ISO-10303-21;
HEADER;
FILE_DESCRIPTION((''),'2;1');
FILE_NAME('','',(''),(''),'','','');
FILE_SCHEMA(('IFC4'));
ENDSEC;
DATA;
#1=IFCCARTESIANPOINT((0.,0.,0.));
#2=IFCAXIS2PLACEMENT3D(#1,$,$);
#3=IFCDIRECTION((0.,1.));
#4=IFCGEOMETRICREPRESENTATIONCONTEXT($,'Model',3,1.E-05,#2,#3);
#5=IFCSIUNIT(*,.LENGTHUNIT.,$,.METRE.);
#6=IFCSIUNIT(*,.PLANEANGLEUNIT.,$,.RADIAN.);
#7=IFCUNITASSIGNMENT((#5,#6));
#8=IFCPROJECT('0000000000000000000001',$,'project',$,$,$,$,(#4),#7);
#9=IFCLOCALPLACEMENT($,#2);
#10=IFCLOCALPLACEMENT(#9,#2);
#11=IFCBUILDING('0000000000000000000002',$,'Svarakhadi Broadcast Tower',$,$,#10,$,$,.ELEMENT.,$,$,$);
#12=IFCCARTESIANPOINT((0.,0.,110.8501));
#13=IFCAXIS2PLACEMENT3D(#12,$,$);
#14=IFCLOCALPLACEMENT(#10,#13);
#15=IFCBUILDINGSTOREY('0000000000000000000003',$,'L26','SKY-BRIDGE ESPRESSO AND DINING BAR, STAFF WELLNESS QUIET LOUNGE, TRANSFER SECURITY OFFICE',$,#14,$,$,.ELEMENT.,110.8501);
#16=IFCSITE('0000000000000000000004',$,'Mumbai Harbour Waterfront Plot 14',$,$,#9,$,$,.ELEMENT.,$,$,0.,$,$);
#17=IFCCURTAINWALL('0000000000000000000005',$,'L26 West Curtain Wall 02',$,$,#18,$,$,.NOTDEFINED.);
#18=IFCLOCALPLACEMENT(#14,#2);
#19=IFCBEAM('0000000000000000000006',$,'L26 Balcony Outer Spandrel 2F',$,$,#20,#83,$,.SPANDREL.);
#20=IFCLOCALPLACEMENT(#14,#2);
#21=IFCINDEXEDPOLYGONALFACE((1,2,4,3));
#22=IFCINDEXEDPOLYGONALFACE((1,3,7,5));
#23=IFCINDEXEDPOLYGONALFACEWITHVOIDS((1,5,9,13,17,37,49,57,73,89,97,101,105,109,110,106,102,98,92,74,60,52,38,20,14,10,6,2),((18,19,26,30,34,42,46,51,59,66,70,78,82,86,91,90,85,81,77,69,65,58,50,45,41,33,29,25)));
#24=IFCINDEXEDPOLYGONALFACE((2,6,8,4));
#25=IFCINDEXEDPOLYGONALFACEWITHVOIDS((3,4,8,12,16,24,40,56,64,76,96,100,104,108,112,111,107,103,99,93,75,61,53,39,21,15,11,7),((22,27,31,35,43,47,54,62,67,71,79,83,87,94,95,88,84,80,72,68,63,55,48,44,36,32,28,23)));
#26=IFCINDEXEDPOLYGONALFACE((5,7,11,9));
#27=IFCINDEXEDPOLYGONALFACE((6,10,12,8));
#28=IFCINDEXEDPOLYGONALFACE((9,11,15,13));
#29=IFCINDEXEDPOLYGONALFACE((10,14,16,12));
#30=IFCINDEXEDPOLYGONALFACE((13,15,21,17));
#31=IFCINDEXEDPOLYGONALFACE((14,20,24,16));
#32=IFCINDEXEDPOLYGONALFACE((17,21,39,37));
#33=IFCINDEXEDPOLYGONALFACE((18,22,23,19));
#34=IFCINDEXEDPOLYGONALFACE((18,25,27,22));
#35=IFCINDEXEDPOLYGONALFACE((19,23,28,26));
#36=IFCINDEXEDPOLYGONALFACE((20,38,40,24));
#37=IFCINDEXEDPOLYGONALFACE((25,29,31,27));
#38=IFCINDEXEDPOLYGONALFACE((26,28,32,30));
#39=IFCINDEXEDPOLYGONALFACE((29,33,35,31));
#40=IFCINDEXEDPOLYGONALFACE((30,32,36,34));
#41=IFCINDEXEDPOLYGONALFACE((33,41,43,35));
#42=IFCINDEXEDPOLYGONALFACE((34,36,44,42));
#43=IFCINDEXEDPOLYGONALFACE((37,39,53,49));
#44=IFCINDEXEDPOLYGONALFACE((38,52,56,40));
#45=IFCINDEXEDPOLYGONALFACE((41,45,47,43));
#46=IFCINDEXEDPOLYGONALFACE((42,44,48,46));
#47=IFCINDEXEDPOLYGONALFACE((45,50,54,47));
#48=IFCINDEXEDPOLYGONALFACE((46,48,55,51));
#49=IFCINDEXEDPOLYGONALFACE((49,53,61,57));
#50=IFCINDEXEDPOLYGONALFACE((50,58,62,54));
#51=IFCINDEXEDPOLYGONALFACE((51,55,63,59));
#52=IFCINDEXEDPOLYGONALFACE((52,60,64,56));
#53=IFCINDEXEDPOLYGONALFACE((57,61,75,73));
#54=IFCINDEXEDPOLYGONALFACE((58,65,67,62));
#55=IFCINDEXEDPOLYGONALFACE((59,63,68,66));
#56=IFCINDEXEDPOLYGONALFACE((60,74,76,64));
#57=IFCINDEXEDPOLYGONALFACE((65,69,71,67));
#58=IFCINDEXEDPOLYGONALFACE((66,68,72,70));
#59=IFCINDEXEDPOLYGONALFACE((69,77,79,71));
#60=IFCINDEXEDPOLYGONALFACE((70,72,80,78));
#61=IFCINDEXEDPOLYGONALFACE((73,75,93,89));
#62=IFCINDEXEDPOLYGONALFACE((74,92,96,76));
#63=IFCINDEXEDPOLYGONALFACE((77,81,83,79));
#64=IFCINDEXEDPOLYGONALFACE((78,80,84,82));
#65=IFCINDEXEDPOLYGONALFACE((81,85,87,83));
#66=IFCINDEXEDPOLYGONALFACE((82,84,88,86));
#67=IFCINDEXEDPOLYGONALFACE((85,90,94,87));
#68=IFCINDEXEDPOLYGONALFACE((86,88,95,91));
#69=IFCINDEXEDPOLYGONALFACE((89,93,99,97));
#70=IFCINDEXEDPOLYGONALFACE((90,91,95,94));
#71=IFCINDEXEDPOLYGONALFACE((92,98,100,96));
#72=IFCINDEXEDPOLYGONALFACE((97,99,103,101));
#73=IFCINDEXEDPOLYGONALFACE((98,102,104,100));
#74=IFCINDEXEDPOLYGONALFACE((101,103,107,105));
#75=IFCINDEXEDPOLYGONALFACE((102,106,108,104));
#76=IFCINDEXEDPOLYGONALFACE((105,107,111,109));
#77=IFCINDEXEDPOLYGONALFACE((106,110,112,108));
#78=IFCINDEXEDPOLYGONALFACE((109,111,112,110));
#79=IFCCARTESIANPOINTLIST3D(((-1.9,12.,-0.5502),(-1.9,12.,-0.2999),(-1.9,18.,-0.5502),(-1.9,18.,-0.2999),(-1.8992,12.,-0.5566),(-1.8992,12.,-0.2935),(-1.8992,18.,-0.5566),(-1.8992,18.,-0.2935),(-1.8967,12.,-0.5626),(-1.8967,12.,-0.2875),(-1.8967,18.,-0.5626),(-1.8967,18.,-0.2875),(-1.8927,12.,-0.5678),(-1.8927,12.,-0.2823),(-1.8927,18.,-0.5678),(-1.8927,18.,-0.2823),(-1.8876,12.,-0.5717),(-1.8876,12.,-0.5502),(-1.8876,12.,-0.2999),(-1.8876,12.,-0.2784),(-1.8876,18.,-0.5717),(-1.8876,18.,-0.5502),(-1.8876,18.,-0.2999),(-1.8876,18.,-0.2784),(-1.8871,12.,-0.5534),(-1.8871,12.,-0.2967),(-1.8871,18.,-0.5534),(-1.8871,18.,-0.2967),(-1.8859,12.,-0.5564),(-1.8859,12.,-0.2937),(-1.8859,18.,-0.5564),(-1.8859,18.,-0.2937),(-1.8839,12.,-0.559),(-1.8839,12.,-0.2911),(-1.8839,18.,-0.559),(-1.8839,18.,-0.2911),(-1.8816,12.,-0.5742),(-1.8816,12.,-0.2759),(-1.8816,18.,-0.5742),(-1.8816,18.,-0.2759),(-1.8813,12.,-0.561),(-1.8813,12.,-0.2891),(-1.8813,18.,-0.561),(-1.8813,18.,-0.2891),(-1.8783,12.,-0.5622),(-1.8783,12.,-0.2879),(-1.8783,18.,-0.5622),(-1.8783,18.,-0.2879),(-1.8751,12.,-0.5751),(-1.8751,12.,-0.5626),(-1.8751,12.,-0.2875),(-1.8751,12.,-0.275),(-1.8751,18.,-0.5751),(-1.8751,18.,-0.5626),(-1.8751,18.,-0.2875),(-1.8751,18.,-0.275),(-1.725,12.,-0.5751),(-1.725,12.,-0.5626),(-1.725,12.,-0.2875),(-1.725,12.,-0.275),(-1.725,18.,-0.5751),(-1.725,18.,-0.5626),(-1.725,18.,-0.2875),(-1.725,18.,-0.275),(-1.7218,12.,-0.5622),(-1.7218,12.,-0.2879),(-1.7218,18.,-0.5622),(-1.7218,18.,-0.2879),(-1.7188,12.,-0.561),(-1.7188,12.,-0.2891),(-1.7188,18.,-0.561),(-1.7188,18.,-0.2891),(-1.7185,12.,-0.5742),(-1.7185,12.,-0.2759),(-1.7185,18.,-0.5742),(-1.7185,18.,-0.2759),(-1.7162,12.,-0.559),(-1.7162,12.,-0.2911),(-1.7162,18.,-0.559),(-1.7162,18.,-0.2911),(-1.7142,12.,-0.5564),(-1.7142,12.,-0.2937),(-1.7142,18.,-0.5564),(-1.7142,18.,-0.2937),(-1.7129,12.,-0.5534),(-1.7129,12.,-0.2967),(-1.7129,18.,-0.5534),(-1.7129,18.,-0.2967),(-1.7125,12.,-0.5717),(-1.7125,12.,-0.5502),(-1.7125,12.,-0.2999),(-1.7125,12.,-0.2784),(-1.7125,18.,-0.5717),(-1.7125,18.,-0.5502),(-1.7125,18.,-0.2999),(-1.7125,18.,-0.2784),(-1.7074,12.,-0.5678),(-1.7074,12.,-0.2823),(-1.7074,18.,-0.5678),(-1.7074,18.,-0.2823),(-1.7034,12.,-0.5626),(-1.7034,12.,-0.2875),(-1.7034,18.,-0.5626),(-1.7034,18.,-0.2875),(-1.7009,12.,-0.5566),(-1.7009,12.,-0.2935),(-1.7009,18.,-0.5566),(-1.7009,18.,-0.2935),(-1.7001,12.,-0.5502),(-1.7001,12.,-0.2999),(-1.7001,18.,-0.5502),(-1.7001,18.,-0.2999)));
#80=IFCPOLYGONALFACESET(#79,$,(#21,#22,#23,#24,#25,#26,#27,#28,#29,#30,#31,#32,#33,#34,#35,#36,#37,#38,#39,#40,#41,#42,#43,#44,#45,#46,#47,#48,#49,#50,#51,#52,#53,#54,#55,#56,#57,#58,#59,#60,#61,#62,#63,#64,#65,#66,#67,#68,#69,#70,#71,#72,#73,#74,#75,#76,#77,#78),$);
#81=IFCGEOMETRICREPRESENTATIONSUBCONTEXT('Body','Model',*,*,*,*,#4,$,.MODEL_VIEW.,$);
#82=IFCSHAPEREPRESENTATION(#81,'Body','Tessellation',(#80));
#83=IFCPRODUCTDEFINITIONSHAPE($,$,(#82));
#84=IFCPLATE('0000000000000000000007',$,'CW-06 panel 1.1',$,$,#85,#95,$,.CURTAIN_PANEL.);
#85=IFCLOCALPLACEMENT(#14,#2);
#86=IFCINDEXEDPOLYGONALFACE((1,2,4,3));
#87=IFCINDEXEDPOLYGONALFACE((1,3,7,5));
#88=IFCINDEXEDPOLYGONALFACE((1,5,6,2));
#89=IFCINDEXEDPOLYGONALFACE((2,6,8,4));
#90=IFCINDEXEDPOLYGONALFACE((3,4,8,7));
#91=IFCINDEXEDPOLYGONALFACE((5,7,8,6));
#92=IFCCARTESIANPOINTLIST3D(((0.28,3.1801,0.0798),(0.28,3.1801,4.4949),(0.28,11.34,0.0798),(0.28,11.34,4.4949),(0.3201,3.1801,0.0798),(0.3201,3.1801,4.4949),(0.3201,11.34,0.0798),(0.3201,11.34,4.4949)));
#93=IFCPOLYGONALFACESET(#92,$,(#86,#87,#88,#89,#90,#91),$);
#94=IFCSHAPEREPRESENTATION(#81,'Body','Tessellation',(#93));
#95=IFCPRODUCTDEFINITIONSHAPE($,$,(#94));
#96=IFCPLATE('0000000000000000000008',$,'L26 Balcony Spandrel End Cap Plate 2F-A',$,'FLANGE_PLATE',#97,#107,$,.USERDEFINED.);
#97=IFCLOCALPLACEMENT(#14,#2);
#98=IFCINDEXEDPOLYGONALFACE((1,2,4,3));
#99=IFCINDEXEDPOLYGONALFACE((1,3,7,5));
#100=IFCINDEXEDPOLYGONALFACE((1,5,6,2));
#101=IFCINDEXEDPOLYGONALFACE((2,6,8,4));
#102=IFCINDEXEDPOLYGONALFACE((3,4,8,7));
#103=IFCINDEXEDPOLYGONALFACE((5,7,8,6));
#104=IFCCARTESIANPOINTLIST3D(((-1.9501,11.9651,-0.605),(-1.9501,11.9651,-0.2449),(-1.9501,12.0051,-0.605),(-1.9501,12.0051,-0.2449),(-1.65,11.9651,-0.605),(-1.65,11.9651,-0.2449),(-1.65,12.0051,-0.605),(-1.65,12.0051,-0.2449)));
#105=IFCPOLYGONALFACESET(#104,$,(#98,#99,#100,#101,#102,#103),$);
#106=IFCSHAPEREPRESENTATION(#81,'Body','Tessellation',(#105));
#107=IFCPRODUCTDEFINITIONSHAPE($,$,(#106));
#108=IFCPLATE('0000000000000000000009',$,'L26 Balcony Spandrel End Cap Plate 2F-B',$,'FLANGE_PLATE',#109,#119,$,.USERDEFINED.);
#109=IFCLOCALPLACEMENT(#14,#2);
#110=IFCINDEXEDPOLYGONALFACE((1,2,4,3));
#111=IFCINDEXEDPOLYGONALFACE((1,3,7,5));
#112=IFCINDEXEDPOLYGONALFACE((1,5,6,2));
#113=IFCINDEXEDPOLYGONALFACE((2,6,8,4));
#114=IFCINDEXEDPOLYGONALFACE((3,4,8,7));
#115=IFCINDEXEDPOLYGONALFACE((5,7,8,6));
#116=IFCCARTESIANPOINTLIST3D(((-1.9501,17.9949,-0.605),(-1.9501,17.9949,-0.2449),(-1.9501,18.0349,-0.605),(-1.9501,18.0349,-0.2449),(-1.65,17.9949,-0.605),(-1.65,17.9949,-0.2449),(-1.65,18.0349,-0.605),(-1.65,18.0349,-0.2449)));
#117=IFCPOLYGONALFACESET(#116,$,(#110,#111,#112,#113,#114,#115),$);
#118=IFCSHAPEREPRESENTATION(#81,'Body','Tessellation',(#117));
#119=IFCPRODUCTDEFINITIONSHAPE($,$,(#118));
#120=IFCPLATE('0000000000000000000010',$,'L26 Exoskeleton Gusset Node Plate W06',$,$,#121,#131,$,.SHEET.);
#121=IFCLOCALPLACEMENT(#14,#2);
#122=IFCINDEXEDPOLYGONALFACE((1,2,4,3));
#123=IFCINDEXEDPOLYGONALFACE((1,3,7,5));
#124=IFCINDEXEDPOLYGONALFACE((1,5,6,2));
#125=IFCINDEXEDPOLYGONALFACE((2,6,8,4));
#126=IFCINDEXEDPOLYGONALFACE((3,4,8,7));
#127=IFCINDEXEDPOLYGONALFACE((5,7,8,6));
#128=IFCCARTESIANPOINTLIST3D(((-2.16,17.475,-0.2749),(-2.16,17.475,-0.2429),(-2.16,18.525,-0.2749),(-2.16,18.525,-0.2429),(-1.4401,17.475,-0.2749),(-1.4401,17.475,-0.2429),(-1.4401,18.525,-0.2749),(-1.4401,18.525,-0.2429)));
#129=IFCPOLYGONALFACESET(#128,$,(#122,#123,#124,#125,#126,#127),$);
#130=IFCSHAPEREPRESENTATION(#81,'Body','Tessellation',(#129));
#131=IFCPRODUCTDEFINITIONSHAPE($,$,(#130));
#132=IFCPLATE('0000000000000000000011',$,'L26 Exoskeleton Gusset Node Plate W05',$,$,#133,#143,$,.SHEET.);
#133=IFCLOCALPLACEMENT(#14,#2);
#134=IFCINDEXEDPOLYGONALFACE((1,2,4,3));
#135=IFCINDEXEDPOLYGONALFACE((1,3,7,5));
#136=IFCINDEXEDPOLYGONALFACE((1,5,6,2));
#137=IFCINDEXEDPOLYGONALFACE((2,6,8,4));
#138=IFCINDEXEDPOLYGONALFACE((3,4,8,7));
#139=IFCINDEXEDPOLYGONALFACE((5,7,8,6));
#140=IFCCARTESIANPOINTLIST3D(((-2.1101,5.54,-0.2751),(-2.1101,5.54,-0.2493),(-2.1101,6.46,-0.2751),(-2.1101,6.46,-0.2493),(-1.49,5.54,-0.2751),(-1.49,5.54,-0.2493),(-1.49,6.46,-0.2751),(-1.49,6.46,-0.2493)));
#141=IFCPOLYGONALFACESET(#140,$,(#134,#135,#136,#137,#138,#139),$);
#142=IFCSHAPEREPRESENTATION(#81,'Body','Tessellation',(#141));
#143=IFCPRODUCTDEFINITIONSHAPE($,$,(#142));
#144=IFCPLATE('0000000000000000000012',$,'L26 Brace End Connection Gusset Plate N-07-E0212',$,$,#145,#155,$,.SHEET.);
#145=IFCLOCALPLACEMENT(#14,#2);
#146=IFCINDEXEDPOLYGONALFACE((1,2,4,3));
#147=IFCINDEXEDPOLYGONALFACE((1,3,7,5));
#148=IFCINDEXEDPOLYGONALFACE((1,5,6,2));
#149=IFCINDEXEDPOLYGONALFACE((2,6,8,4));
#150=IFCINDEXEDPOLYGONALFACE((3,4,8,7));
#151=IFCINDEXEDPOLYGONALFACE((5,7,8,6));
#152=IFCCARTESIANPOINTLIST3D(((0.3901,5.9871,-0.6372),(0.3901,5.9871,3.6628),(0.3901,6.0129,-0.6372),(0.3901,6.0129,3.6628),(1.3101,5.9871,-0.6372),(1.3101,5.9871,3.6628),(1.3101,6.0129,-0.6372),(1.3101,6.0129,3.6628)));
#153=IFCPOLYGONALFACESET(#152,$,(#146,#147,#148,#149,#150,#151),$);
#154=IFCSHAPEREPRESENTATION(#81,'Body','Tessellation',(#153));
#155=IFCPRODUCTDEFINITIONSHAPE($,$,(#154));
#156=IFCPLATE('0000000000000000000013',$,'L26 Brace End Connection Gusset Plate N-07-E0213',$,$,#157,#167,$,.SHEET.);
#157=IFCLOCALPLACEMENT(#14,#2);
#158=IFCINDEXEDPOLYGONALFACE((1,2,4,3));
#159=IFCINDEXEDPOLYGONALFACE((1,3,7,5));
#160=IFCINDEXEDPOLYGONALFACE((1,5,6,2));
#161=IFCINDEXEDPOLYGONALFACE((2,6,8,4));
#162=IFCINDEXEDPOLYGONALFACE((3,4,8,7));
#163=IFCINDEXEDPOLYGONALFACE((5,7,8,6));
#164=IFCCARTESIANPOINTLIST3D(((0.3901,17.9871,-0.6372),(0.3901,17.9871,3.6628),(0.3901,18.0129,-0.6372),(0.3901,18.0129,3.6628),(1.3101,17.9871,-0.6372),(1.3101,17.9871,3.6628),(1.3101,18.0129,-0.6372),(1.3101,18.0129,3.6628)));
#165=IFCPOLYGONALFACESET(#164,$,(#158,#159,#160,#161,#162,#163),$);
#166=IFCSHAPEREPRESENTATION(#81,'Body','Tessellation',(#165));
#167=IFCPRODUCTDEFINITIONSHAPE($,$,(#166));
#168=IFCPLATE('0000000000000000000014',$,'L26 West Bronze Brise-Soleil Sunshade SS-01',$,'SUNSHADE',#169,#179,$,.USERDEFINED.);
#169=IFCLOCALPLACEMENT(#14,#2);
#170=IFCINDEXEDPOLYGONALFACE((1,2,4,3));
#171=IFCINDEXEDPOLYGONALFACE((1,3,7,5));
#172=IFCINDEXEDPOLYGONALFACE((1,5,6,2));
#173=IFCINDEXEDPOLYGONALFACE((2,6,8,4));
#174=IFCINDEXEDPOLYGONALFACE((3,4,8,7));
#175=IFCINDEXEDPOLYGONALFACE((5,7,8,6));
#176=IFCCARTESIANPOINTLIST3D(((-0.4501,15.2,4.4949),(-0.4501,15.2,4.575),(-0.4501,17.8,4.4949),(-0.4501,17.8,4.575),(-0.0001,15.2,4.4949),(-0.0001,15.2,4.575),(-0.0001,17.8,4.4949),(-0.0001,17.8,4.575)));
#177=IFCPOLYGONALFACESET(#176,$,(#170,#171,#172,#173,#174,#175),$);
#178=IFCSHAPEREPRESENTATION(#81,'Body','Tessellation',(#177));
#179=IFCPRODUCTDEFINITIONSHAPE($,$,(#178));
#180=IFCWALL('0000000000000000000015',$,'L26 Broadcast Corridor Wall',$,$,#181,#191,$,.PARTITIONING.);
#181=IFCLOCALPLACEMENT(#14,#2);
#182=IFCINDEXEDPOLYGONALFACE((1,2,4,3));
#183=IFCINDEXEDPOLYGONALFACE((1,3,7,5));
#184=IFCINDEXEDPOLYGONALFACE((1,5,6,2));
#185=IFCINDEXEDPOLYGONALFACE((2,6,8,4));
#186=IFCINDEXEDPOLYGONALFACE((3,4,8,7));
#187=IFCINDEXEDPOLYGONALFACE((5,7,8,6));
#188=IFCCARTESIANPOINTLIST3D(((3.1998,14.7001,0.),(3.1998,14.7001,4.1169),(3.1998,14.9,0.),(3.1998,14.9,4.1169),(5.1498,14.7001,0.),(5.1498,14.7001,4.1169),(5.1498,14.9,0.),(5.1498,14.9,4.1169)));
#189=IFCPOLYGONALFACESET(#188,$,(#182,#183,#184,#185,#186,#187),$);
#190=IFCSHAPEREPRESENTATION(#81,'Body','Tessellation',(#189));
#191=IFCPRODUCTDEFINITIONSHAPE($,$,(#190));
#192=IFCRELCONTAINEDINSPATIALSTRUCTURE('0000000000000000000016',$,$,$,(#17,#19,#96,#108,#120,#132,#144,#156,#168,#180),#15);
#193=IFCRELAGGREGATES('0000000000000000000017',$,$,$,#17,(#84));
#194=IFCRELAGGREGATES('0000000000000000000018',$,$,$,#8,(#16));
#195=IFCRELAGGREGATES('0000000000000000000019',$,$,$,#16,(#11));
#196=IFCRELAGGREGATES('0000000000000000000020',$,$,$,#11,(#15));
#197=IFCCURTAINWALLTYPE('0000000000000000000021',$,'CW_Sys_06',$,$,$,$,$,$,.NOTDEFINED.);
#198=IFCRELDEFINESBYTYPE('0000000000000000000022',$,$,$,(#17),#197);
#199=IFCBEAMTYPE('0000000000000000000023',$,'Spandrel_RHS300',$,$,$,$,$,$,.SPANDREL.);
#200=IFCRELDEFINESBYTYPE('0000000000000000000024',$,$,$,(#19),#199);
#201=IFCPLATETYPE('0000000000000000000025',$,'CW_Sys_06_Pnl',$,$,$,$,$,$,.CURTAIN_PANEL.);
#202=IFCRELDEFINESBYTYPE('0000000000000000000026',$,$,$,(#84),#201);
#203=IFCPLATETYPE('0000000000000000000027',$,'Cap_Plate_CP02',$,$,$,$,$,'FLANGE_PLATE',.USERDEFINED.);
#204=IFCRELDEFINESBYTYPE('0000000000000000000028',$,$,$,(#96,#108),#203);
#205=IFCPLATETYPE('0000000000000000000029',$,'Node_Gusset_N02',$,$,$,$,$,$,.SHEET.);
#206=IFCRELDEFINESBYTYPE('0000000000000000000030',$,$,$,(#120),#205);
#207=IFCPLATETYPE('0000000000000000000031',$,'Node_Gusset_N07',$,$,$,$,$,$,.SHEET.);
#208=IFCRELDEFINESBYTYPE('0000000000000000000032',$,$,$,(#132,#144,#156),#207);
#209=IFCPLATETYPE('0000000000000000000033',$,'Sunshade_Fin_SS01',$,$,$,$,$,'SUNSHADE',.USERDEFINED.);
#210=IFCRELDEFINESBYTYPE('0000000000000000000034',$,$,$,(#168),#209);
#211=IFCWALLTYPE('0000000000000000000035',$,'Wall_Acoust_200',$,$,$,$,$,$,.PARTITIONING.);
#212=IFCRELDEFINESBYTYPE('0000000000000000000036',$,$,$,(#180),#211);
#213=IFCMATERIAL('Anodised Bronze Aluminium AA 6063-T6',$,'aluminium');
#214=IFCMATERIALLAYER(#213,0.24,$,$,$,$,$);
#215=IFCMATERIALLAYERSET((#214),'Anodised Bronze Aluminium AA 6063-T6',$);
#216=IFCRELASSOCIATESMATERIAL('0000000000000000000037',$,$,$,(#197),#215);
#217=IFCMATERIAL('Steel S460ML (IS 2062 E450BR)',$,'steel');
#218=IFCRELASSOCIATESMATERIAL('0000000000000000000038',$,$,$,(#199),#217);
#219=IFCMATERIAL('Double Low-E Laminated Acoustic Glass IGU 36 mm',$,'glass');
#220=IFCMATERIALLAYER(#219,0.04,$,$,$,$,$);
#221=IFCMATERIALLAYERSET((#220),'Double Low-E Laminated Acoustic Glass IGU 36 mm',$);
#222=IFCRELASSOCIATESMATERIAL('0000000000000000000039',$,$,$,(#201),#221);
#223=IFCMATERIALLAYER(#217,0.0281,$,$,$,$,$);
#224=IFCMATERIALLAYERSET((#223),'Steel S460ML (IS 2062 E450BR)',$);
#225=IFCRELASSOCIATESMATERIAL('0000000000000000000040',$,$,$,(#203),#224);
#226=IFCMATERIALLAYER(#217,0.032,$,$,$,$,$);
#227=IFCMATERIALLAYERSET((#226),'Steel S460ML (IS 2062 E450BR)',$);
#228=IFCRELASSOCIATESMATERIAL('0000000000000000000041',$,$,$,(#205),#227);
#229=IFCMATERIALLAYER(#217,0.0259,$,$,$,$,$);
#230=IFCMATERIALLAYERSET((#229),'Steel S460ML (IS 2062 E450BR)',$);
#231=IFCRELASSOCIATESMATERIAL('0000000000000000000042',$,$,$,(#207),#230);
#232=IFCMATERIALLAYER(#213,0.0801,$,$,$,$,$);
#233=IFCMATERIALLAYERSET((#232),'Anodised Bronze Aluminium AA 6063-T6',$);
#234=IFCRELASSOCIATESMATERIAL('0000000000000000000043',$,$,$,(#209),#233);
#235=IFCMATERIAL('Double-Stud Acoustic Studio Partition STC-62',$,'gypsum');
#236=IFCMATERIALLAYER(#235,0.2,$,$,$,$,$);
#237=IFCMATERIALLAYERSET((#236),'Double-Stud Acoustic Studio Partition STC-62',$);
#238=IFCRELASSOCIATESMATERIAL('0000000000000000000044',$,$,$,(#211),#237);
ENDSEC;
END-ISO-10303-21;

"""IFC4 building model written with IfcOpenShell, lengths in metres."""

from ifc_helpers import new_model, si_unit, direction, frame, frame_2d, origin, origin_2d, place, context, subcontext, project, spatial, rectangle, hollow_rectangle, extrude, material, layer, layer_set, material_profile, profile_set, type_object, element, aggregate, save


model = new_model("IFC4")

# Units and contexts
model_context = context("Model", 3, precision=1e-05, world=origin(), true_north=direction((0.0, 1.0)))
body_context = subcontext(model_context, "Body", "Model", "MODEL_VIEW")
ifc_project = project(units=[si_unit("LENGTHUNIT", "METRE"), si_unit("PLANEANGLEUNIT", "RADIAN")], contexts=[model_context])

# Site, building, storey
site_placement = place(None, origin())
site = spatial("IfcSite", under=ifc_project, at=site_placement, Name="Mumbai Harbour Waterfront Plot 14", CompositionType="ELEMENT", RefElevation=0.0)
building_placement = place(site_placement, origin())
building = spatial("IfcBuilding", under=site, at=building_placement, Name="Svarakhadi Broadcast Tower", CompositionType="ELEMENT")
storey_placement = place(building_placement, frame((0.0, 0.0, 110.8501)))
storey = spatial("IfcBuildingStorey", under=building, at=storey_placement, Name="L26", Description="SKY-BRIDGE ESPRESSO AND DINING BAR, STAFF WELLNESS QUIET LOUNGE, TRANSFER SECURITY OFFICE", CompositionType="ELEMENT", Elevation=110.8501)

# Shared definitions
ifc_material_1 = material(Name="Steel S460ML (IS 2062 E450BR)", Category="steel")

# Curtain wall
ifc_material_2 = material(Name="Anodised Bronze Aluminium AA 6063-T6", Category="aluminium")
ifc_layer_1 = layer(ifc_material_2, 0.24)
ifc_layer_set_1 = layer_set([ifc_layer_1], Name="Anodised Bronze Aluminium AA 6063-T6")
curtain_wall_type = type_object("IfcCurtainWallType", Name="CW_Sys_06", PredefinedType="NOTDEFINED", material=ifc_layer_set_1)
curtain_wall_placement = place(storey_placement, origin())
curtain_wall = element("IfcCurtainWall", 1, at=curtain_wall_placement, inside=storey, type_object=curtain_wall_type, Name="L26 West Curtain Wall 02", PredefinedType="NOTDEFINED")

# Beam
ifc_material_profile_1 = material_profile(ifc_material_1, hollow_rectangle(XDim=0.2, YDim=0.3, WallThickness=0.0125, InnerFilletRadius=0.0125, OuterFilletRadius=0.0249, at=origin_2d()), Name="RHS 300x200x12.5")
ifc_profile_set_1 = profile_set([ifc_material_profile_1], Name="Steel S460ML (IS 2062 E450BR)")
beam_type_1 = type_object("IfcBeamType", Name="Spandrel_RHS300", PredefinedType="SPANDREL", material=ifc_profile_set_1)
beam_1_placement = place(storey_placement, frame((-1.8, 12.0, -0.425), z_axis=(0.0, 1.0, 0.0), x_axis=(-1.0, 0.0, 0.0)))
element("IfcBeam", 2, at=beam_1_placement, inside=storey, type_object=beam_type_1, Name="L26 Balcony Outer Spandrel 2F", PredefinedType="SPANDREL", context=body_context, shape_type="SweptSolid", body=[
    extrude(hollow_rectangle(XDim=0.2, YDim=0.3, WallThickness=0.0125, InnerFilletRadius=0.0125, OuterFilletRadius=0.0249, at=origin_2d()), origin(), (0.0, 0.0, 1.0), 6.0),
])

# Plate
ifc_material_3 = material(Name="Double Low-E Laminated Acoustic Glass IGU 36 mm", Category="glass")
ifc_layer_2 = layer(ifc_material_3, 0.04)
ifc_layer_set_2 = layer_set([ifc_layer_2], Name="Double Low-E Laminated Acoustic Glass IGU 36 mm")
plate_type_1 = type_object("IfcPlateType", Name="CW_Sys_06_Pnl", PredefinedType="CURTAIN_PANEL", material=ifc_layer_set_2)
plate_1_placement = place(storey_placement, frame((0.3, 7.26, 0.0798), z_axis=(0.0, 0.0, 1.0), x_axis=(0.0, 1.0, 0.0)))
plate_1 = element("IfcPlate", 3, at=plate_1_placement, type_object=plate_type_1, Name="CW-06 panel 1.1", PredefinedType="CURTAIN_PANEL", context=body_context, shape_type="SweptSolid", body=[
    extrude(rectangle(XDim=8.1599, YDim=0.04, at=origin_2d()), origin(), (0.0, 0.0, 1.0), 4.415),
])
aggregate(curtain_wall, [plate_1])

# Plates
ifc_layer_3 = layer(ifc_material_1, 0.0281)
ifc_layer_set_3 = layer_set([ifc_layer_3], Name="Steel S460ML (IS 2062 E450BR)")
plate_type_2 = type_object("IfcPlateType", Name="Cap_Plate_CP02", ElementType="FLANGE_PLATE", PredefinedType="USERDEFINED", material=ifc_layer_set_3)
for number, where, z_axis, x_axis, name in (
    (4, (-1.8, 11.9851, -0.605), (0.0, 0.0, 1.0), (1.0, 0.0, 0.0), "L26 Balcony Spandrel End Cap Plate 2F-A"),
    (5, (-1.8, 18.0149, -0.605), (0.0, 0.0, 1.0), (1.0, 0.0, 0.0), "L26 Balcony Spandrel End Cap Plate 2F-B"),
):
    element("IfcPlate", number, at=place(storey_placement, frame(where, z_axis=z_axis, x_axis=x_axis)), inside=storey, type_object=plate_type_2, Name=name, ObjectType="FLANGE_PLATE", PredefinedType="USERDEFINED", context=body_context, shape_type="SweptSolid", body=[
        extrude(rectangle(XDim=0.3, YDim=0.04, at=origin_2d()), origin(), (0.0, 0.0, 1.0), 0.3601),
    ])
ifc_layer_4 = layer(ifc_material_1, 0.032)
ifc_layer_set_4 = layer_set([ifc_layer_4], Name="Steel S460ML (IS 2062 E450BR)")
plate_type_3 = type_object("IfcPlateType", Name="Node_Gusset_N02", PredefinedType="SHEET", material=ifc_layer_set_4)
plate_2_placement = place(storey_placement, frame((-1.8, 18.0, -0.2749), z_axis=(0.0, 0.0, 1.0), x_axis=(0.0, 1.0, 0.0)))
element("IfcPlate", 6, at=plate_2_placement, inside=storey, type_object=plate_type_3, Name="L26 Exoskeleton Gusset Node Plate W06", PredefinedType="SHEET", context=body_context, shape_type="SweptSolid", body=[
    extrude(rectangle(XDim=1.05, YDim=0.72, at=origin_2d()), origin(), (0.0, 0.0, 1.0), 0.032),
])
ifc_layer_5 = layer(ifc_material_1, 0.0259)
ifc_layer_set_5 = layer_set([ifc_layer_5], Name="Steel S460ML (IS 2062 E450BR)")
plate_type_4 = type_object("IfcPlateType", Name="Node_Gusset_N07", PredefinedType="SHEET", material=ifc_layer_set_5)
plate_3_placement = place(storey_placement, frame((-1.8, 6.0, -0.2751), z_axis=(0.0, 0.0, 1.0), x_axis=(0.0, 1.0, 0.0)))
element("IfcPlate", 7, at=plate_3_placement, inside=storey, type_object=plate_type_4, Name="L26 Exoskeleton Gusset Node Plate W05", PredefinedType="SHEET", context=body_context, shape_type="SweptSolid", body=[
    extrude(rectangle(XDim=0.9199, YDim=0.6201, at=origin_2d()), origin(), (0.0, 0.0, 1.0), 0.0259),
])
for number, where, z_axis, x_axis, name in (
    (8, (0.8501, 6.0, -0.6372), (0.0, 0.0, 1.0), (1.0, 0.0, 0.0), "L26 Brace End Connection Gusset Plate N-07-E0212"),
    (9, (0.8501, 18.0, -0.6372), (0.0, 0.0, 1.0), (1.0, 0.0, 0.0), "L26 Brace End Connection Gusset Plate N-07-E0213"),
):
    element("IfcPlate", number, at=place(storey_placement, frame(where, z_axis=z_axis, x_axis=x_axis)), inside=storey, type_object=plate_type_4, Name=name, PredefinedType="SHEET", context=body_context, shape_type="SweptSolid", body=[
        extrude(rectangle(XDim=0.9199, YDim=0.0259, at=origin_2d()), origin(), (0.0, 0.0, 1.0), 4.3),
    ])
ifc_layer_6 = layer(ifc_material_2, 0.0801)
ifc_layer_set_6 = layer_set([ifc_layer_6], Name="Anodised Bronze Aluminium AA 6063-T6")
plate_type_5 = type_object("IfcPlateType", Name="Sunshade_Fin_SS01", ElementType="SUNSHADE", PredefinedType="USERDEFINED", material=ifc_layer_set_6)
plate_4_placement = place(storey_placement, frame((-0.2251, 16.5, 4.4949), z_axis=(0.0, 0.0, 1.0), x_axis=(0.0, 1.0, 0.0)))
element("IfcPlate", 10, at=plate_4_placement, inside=storey, type_object=plate_type_5, Name="L26 West Bronze Brise-Soleil Sunshade SS-01", ObjectType="SUNSHADE", PredefinedType="USERDEFINED", context=body_context, shape_type="SweptSolid", body=[
    extrude(rectangle(XDim=2.6001, YDim=0.45, at=origin_2d()), origin(), (0.0, 0.0, 1.0), 0.0801),
])

# Wall
ifc_material_4 = material(Name="Double-Stud Acoustic Studio Partition STC-62", Category="gypsum")
ifc_layer_7 = layer(ifc_material_4, 0.2)
ifc_layer_set_7 = layer_set([ifc_layer_7], Name="Double-Stud Acoustic Studio Partition STC-62")
wall_type_1 = type_object("IfcWallType", Name="Wall_Acoust_200", PredefinedType="PARTITIONING", material=ifc_layer_set_7)
wall_1_placement = place(storey_placement, frame((5.1499, 14.8, 0.0), z_axis=(0.0, 0.0, 1.0), x_axis=(-1.0, 0.0, 0.0)))
element("IfcWall", 11, at=wall_1_placement, inside=storey, type_object=wall_type_1, Name="L26 Broadcast Corridor Wall", PredefinedType="PARTITIONING", context=body_context, shape_type="SweptSolid", body=[
    extrude(rectangle(XDim=1.95, YDim=0.2, at=frame_2d((0.9751, 0.0))), origin(), (0.0, 0.0, 1.0), 4.1169),
])

save(model, "model.ifc")
